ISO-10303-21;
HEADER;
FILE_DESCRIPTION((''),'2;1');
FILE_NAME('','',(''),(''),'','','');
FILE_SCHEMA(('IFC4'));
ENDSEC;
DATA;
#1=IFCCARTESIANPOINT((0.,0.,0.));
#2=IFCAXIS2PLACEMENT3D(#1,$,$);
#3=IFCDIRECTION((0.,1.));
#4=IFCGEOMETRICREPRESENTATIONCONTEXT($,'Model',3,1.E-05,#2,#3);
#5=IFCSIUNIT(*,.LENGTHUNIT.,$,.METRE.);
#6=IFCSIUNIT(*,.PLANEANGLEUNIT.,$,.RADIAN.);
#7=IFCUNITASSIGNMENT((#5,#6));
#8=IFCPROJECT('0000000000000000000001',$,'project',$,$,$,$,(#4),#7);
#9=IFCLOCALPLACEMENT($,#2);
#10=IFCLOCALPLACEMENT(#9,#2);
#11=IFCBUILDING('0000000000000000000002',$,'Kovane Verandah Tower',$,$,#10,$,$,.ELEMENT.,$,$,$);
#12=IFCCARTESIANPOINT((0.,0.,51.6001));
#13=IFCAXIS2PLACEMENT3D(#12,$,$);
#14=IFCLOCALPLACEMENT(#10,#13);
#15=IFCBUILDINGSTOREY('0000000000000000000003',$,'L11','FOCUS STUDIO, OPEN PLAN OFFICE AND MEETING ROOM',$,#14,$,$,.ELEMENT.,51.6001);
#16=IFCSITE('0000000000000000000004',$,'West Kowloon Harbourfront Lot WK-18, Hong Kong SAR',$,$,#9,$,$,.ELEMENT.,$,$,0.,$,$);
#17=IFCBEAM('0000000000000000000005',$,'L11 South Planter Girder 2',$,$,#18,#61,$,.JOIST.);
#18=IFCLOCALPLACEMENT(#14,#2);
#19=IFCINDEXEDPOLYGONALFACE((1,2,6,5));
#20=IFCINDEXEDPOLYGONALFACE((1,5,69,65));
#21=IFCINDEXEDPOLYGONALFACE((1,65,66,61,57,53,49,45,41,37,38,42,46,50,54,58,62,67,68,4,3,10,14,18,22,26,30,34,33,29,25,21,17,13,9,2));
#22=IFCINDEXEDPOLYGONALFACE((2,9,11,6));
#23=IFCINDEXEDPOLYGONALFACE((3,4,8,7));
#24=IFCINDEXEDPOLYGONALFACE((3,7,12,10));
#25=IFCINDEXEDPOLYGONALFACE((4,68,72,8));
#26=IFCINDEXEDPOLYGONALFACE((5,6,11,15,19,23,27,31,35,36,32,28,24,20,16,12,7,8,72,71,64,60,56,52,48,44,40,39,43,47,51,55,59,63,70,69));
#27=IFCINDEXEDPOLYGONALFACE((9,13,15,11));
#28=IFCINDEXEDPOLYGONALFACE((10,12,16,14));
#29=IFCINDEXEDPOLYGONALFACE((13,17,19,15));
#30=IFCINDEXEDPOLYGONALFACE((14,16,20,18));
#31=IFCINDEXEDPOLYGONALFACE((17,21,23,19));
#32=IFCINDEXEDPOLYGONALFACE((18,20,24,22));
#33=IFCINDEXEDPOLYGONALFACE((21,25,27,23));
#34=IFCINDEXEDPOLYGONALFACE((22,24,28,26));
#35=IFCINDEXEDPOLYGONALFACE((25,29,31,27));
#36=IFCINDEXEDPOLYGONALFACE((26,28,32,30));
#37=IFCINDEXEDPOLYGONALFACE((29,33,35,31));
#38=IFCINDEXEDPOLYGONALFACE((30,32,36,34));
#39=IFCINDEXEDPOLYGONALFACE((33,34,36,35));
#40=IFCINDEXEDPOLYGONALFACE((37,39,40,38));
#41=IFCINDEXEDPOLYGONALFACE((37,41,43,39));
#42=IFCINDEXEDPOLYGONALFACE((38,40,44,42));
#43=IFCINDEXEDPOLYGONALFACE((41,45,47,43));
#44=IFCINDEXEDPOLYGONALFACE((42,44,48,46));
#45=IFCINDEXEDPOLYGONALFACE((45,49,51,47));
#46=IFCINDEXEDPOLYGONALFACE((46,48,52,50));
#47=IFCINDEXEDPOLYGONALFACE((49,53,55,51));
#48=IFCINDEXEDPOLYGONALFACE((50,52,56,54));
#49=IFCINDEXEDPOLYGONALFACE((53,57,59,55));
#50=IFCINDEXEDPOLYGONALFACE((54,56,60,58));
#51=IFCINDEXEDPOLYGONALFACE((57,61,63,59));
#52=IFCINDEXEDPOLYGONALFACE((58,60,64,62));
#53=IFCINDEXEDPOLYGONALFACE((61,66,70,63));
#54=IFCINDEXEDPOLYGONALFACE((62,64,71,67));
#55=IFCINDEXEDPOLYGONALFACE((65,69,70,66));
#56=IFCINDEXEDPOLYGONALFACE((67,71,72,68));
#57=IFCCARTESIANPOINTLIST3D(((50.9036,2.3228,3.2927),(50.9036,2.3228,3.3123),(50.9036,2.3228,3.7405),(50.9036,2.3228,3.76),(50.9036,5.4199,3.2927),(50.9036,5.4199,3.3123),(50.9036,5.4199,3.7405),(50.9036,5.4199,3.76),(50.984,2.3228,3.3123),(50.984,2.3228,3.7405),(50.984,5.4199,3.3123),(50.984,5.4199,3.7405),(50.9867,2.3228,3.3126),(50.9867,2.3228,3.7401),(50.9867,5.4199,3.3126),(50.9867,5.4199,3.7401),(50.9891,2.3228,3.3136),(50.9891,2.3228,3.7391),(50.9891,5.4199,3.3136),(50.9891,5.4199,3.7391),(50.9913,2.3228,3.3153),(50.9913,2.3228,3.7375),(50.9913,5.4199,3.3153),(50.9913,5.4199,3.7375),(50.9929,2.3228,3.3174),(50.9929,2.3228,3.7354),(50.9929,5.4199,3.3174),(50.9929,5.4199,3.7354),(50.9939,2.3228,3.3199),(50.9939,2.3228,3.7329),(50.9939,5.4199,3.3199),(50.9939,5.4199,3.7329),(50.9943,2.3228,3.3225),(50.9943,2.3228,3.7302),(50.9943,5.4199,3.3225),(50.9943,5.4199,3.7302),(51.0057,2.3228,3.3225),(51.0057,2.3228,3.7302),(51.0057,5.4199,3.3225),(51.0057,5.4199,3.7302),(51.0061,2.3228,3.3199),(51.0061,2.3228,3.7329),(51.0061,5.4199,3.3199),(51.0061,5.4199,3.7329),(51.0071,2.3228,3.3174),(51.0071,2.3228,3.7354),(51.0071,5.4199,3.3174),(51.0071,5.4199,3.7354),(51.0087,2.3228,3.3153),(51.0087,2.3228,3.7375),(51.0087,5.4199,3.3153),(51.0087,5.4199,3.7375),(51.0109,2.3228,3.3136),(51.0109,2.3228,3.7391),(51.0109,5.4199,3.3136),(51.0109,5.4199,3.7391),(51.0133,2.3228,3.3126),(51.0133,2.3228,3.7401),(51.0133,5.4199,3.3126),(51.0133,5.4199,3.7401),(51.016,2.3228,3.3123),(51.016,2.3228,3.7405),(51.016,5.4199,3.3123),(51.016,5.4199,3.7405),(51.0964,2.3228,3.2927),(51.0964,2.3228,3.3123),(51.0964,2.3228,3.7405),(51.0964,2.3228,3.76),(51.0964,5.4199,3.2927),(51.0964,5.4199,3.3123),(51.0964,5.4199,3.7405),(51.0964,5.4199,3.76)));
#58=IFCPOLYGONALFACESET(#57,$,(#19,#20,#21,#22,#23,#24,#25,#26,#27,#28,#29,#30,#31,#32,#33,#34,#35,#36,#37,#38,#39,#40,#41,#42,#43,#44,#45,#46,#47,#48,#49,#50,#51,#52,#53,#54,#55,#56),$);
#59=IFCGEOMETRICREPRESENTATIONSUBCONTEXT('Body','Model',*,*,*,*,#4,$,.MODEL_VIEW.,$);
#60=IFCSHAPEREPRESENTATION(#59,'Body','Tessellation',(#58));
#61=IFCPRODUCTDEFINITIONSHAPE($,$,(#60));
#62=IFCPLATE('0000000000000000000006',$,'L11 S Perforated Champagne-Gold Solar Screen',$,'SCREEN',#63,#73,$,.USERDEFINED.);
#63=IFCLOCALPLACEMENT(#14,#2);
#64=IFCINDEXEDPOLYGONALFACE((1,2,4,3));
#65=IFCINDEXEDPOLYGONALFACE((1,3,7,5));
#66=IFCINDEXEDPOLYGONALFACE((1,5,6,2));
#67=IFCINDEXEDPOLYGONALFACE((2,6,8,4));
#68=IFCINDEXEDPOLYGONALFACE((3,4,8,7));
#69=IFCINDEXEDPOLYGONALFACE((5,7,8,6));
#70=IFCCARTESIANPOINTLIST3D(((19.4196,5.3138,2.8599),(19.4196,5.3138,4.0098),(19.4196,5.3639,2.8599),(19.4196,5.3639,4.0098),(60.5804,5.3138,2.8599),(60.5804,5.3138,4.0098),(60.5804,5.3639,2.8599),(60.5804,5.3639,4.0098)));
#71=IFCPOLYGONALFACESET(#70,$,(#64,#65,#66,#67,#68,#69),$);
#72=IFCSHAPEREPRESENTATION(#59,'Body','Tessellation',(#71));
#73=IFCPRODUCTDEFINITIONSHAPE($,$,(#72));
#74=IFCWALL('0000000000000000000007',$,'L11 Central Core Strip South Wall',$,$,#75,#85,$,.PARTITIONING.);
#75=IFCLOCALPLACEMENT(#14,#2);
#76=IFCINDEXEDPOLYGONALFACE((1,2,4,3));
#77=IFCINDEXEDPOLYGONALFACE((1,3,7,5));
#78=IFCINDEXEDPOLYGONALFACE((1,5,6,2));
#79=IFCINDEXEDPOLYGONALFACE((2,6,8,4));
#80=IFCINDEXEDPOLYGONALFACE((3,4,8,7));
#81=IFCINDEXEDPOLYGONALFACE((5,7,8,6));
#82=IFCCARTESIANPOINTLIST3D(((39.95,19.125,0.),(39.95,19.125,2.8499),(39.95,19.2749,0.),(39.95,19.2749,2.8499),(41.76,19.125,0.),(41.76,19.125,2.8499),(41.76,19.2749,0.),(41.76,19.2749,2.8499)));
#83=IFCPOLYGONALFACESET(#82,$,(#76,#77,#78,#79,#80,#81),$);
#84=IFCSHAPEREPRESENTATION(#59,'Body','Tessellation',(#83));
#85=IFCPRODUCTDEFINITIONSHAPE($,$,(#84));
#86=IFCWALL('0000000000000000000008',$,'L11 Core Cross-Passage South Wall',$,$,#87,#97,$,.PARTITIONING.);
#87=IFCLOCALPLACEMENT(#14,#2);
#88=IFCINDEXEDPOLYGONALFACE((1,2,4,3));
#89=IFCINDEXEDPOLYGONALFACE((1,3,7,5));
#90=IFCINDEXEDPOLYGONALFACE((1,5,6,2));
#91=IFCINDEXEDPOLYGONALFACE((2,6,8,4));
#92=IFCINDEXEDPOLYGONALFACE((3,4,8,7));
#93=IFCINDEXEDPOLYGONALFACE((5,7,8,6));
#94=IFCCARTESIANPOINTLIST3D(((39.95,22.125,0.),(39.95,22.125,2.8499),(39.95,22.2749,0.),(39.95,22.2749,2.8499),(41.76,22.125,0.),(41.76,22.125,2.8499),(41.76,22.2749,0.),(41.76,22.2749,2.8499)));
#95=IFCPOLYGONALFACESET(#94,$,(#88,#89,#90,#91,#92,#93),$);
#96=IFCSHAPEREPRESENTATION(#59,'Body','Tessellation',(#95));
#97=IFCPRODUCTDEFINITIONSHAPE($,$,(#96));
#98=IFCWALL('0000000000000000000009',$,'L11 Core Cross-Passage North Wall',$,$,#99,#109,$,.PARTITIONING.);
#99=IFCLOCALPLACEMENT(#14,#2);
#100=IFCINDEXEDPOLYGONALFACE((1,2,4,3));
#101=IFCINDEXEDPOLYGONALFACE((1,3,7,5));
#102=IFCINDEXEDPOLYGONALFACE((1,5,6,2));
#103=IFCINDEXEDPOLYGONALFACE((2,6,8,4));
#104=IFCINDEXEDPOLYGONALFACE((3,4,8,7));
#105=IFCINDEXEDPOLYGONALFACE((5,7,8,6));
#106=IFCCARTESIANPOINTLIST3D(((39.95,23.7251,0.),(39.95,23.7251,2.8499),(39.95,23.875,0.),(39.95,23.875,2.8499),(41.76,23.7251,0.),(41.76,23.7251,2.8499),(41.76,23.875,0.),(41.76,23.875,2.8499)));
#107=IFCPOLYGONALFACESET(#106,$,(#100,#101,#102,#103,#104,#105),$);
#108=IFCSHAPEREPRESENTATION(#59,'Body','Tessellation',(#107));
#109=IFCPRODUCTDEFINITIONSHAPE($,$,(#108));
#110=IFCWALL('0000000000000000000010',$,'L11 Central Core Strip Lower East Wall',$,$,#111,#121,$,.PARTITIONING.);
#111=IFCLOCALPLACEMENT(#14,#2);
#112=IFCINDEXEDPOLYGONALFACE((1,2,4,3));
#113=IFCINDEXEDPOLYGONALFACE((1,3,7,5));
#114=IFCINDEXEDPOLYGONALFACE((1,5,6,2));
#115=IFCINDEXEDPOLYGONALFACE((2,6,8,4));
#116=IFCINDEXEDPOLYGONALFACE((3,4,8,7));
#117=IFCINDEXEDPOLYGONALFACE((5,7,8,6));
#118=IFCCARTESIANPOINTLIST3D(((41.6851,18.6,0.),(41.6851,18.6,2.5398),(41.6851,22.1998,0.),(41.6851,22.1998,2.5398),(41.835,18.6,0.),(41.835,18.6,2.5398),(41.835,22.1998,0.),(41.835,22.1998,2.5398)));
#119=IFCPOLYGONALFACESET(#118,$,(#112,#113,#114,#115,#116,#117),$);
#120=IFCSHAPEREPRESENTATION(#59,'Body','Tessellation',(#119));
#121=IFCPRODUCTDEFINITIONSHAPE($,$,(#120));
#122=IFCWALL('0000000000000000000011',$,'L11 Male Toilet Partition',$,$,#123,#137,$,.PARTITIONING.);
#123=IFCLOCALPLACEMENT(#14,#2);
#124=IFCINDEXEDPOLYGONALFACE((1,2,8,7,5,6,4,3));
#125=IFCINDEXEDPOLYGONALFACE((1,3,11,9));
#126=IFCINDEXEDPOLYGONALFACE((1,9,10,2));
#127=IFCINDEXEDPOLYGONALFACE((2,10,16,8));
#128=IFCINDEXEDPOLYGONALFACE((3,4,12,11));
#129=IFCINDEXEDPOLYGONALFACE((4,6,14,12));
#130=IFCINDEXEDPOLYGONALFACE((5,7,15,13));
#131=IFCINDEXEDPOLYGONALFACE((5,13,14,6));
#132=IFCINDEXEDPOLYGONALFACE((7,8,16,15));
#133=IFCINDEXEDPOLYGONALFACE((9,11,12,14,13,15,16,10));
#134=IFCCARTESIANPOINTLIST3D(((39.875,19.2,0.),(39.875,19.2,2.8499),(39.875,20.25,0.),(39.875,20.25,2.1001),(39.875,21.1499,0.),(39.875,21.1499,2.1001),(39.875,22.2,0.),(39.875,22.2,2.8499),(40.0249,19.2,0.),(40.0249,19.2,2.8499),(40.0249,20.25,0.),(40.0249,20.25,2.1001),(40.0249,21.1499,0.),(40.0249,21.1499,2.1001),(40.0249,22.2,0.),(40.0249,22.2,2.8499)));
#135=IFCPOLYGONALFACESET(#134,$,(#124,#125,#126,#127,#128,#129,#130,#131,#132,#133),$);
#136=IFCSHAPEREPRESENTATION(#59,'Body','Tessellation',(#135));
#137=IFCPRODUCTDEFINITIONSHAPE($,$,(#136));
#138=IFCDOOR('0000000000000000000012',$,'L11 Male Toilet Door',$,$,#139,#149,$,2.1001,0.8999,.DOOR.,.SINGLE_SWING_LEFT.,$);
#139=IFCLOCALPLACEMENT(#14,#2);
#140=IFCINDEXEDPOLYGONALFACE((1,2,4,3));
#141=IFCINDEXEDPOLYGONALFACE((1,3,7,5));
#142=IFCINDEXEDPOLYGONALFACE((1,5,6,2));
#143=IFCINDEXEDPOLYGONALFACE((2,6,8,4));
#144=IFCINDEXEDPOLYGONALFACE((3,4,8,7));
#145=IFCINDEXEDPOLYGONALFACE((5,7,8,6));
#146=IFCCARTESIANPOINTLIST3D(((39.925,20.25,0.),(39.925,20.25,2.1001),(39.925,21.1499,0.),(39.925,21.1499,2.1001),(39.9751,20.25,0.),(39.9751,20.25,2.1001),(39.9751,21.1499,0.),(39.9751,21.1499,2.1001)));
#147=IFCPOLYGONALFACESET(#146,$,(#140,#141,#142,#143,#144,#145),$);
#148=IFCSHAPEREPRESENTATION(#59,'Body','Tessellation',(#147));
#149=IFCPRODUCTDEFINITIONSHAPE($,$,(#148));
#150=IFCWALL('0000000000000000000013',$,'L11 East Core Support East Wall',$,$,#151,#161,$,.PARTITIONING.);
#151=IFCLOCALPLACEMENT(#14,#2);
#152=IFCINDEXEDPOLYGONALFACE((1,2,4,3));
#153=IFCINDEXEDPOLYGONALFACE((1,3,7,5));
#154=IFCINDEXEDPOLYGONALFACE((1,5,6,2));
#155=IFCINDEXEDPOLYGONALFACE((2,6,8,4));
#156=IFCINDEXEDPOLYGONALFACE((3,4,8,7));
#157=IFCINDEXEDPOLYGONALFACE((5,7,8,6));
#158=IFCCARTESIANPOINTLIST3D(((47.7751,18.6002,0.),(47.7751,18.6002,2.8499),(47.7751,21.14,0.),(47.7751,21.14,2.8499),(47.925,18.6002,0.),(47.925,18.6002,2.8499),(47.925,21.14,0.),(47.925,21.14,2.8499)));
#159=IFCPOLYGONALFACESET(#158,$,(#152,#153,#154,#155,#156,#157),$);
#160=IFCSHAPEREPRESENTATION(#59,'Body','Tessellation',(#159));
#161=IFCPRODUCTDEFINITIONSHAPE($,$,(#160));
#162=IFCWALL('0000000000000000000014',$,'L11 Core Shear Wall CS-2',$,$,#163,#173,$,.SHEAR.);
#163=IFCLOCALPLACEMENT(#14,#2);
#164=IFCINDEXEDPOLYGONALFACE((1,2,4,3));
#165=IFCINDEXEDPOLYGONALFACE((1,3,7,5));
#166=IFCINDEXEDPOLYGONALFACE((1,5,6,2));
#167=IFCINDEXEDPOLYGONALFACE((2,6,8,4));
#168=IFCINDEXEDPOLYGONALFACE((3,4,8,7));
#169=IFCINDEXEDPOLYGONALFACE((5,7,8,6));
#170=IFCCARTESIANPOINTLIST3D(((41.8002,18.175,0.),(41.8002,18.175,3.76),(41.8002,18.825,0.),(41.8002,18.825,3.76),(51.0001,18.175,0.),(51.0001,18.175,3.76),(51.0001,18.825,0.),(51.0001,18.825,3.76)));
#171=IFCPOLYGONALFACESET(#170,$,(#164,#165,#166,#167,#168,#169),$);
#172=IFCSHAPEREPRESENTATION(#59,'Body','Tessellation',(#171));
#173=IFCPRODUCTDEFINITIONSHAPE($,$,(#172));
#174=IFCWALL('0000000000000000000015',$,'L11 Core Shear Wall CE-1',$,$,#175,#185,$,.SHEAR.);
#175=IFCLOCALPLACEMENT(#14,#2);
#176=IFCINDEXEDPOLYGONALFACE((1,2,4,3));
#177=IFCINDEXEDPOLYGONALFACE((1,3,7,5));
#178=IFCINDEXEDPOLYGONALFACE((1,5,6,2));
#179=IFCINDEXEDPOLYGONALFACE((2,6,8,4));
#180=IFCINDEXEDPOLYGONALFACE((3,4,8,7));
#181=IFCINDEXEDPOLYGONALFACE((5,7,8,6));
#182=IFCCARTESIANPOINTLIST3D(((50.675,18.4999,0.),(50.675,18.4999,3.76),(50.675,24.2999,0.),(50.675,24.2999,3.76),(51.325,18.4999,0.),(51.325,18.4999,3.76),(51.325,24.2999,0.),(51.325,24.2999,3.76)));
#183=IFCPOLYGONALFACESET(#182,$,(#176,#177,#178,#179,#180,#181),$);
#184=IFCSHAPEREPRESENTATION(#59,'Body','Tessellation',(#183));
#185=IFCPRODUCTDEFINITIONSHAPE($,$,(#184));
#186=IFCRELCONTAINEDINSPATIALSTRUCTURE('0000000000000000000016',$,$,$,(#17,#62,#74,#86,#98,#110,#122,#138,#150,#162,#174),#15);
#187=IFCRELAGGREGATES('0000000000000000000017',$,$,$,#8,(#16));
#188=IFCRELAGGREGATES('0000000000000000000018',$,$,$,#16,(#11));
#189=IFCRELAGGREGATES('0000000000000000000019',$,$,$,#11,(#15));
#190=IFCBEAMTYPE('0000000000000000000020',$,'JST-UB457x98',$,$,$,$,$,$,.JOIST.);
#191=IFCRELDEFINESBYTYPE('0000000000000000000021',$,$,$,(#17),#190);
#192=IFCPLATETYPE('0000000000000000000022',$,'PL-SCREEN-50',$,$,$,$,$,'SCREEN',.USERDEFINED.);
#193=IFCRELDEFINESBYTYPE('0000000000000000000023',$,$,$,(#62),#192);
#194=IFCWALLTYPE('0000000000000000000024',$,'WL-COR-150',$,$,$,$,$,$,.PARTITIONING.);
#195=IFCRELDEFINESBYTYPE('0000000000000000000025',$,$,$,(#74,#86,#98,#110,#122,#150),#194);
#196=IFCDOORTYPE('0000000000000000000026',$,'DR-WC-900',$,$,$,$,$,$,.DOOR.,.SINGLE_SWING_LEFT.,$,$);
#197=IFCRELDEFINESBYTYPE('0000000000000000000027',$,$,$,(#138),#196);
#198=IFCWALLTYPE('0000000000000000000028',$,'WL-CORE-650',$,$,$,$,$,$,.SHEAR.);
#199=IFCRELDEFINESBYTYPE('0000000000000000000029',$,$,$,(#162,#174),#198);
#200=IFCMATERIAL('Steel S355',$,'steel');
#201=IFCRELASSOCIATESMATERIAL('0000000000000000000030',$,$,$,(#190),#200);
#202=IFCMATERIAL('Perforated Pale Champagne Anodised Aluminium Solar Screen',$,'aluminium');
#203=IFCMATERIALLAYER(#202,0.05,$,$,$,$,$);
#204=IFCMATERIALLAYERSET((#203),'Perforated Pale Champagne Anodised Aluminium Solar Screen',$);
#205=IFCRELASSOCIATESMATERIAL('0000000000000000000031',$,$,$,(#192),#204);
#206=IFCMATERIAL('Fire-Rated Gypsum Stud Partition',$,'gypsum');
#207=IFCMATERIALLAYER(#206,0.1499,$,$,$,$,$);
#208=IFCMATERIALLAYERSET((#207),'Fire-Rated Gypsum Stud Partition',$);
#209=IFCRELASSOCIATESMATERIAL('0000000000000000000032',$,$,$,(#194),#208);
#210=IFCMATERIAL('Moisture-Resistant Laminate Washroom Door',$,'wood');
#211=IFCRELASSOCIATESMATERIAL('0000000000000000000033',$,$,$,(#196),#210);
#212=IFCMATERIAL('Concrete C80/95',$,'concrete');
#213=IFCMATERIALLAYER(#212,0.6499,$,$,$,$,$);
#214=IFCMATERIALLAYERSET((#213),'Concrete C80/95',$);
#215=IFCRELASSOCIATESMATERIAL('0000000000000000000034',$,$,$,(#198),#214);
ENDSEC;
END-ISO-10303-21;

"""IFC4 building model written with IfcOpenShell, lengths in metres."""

from ifc_helpers import new_model, si_unit, direction, frame, frame_2d, origin, origin_2d, place, context, subcontext, project, spatial, rectangle, i_section, extrude, material, layer, layer_set, material_profile, profile_set, type_object, element, fill, save


model = new_model("IFC4")

# Units and contexts
model_context = context("Model", 3, precision=1e-05, world=origin(), true_north=direction((0.0, 1.0)))
body_context = subcontext(model_context, "Body", "Model", "MODEL_VIEW")
ifc_project = project(units=[si_unit("LENGTHUNIT", "METRE"), si_unit("PLANEANGLEUNIT", "RADIAN")], contexts=[model_context])

# Site, building, storey
site_placement = place(None, origin())
site = spatial("IfcSite", under=ifc_project, at=site_placement, Name="West Kowloon Harbourfront Lot WK-18, Hong Kong SAR", CompositionType="ELEMENT", RefElevation=0.0)
building_placement = place(site_placement, origin())
building = spatial("IfcBuilding", under=site, at=building_placement, Name="Kovane Verandah Tower", CompositionType="ELEMENT")
storey_placement = place(building_placement, frame((0.0, 0.0, 51.6001)))
storey = spatial("IfcBuildingStorey", under=building, at=storey_placement, Name="L11", Description="FOCUS STUDIO, OPEN PLAN OFFICE AND MEETING ROOM", CompositionType="ELEMENT", Elevation=51.6001)

# Shared definitions
ifc_material_1 = material(Name="Concrete C80/95", Category="concrete")

# Beam
ifc_material_2 = material(Name="Steel S355", Category="steel")
ifc_material_profile_1 = material_profile(ifc_material_2, i_section(OverallWidth=0.1929, OverallDepth=0.4673, WebThickness=0.0115, FlangeThickness=0.0195, FilletRadius=0.0103, at=origin_2d()), Name="UB457x191x98")
ifc_profile_set_1 = profile_set([ifc_material_profile_1], Name="Steel S355")
beam_type_1 = type_object("IfcBeamType", Name="JST-UB457x98", PredefinedType="JOIST", material=ifc_profile_set_1)
beam_1_placement = place(storey_placement, frame((51.0, 5.4199, 3.5264), z_axis=(0.0, -1.0, 0.0), x_axis=(1.0, 0.0, 0.0)))
element("IfcBeam", 1, at=beam_1_placement, inside=storey, type_object=beam_type_1, Name="L11 South Planter Girder 2", PredefinedType="JOIST", context=body_context, shape_type="SweptSolid", body=[
    extrude(i_section(OverallWidth=0.1929, OverallDepth=0.4673, WebThickness=0.0115, FlangeThickness=0.0195, FilletRadius=0.0103, at=origin_2d()), origin(), (0.0, 0.0, 1.0), 3.0972),
])

# Plate
ifc_material_3 = material(Name="Perforated Pale Champagne Anodised Aluminium Solar Screen", Category="aluminium")
ifc_layer_1 = layer(ifc_material_3, 0.05)
ifc_layer_set_1 = layer_set([ifc_layer_1], Name="Perforated Pale Champagne Anodised Aluminium Solar Screen")
plate_type = type_object("IfcPlateType", Name="PL-SCREEN-50", ElementType="SCREEN", PredefinedType="USERDEFINED", material=ifc_layer_set_1)
plate_placement = place(storey_placement, frame((40.0, 5.3389, 2.8599), z_axis=(0.0, 0.0, 1.0), x_axis=(1.0, 0.0, 0.0)))
element("IfcPlate", 2, at=plate_placement, inside=storey, type_object=plate_type, Name="L11 S Perforated Champagne-Gold Solar Screen", ObjectType="SCREEN", PredefinedType="USERDEFINED", context=body_context, shape_type="SweptSolid", body=[
    extrude(rectangle(XDim=41.1609, YDim=0.05, at=origin_2d()), origin(), (0.0, 0.0, 1.0), 1.1499),
])

# Walls
ifc_material_4 = material(Name="Fire-Rated Gypsum Stud Partition", Category="gypsum")
ifc_layer_2 = layer(ifc_material_4, 0.1499)
ifc_layer_set_2 = layer_set([ifc_layer_2], Name="Fire-Rated Gypsum Stud Partition")
wall_type_1 = type_object("IfcWallType", Name="WL-COR-150", PredefinedType="PARTITIONING", material=ifc_layer_set_2)
for number, where, z_axis, x_axis, name in (
    (3, (39.95, 19.2, 0.0), (0.0, 0.0, 1.0), (1.0, 0.0, 0.0), "L11 Central Core Strip South Wall"),
    (4, (39.95, 22.2, 0.0), (0.0, 0.0, 1.0), (1.0, 0.0, 0.0), "L11 Core Cross-Passage South Wall"),
    (5, (39.95, 23.8, 0.0), (0.0, 0.0, 1.0), (1.0, 0.0, 0.0), "L11 Core Cross-Passage North Wall"),
):
    element("IfcWall", number, at=place(storey_placement, frame(where, z_axis=z_axis, x_axis=x_axis)), inside=storey, type_object=wall_type_1, Name=name, PredefinedType="PARTITIONING", context=body_context, shape_type="SweptSolid", body=[
        extrude(rectangle(XDim=1.8101, YDim=0.1499, at=frame_2d((0.905, 0.0))), origin(), (0.0, 0.0, 1.0), 2.8499),
    ])
wall_1_placement = place(storey_placement, frame((41.76, 18.6001, 0.0), z_axis=(0.0, 0.0, 1.0), x_axis=(0.0, 1.0, 0.0)))
element("IfcWall", 6, at=wall_1_placement, inside=storey, type_object=wall_type_1, Name="L11 Central Core Strip Lower East Wall", PredefinedType="PARTITIONING", context=body_context, shape_type="SweptSolid", body=[
    extrude(rectangle(XDim=3.5999, YDim=0.1499, at=frame_2d((1.7998, 0.0))), origin(), (0.0, 0.0, 1.0), 2.5398),
])

# Wall, opening, door
wall_2_placement = place(storey_placement, frame((39.95, 19.2, 0.0), z_axis=(0.0, 0.0, 1.0), x_axis=(0.0, 1.0, 0.0)))
wall_2 = element("IfcWall", 7, at=wall_2_placement, inside=storey, type_object=wall_type_1, Name="L11 Male Toilet Partition", PredefinedType="PARTITIONING", context=body_context, shape_type="SweptSolid", body=[
    extrude(rectangle(XDim=3.0, YDim=0.1499, at=frame_2d((1.5, 0.0))), origin(), (0.0, 0.0, 1.0), 2.8499),
])
opening_1_placement = place(wall_2_placement, frame((1.05, 0.0, 0.0)))
opening_1 = element("IfcOpeningElement", 8, at=opening_1_placement, cuts=wall_2, PredefinedType="OPENING", context=body_context, shape_type="SweptSolid", body=[
    extrude(rectangle(XDim=0.8999, YDim=2.1001, at=frame_2d((0.45, 1.05))), frame((0.0, 0.075, 0.0), z_axis=(0.0, -1.0, 0.0), x_axis=(1.0, 0.0, 0.0)), (0.0, 0.0, 1.0), 0.1499),
])
ifc_material_5 = material(Name="Moisture-Resistant Laminate Washroom Door", Category="wood")
door_type_1 = type_object("IfcDoorType", Name="DR-WC-900", OperationType="SINGLE_SWING_LEFT", PredefinedType="DOOR", material=ifc_material_5)
door_1_placement = place(opening_1_placement, origin())
door_1 = element("IfcDoor", 9, at=door_1_placement, inside=storey, type_object=door_type_1, Name="L11 Male Toilet Door", OperationType="SINGLE_SWING_LEFT", OverallHeight=2.1001, OverallWidth=0.8999, PredefinedType="DOOR", context=body_context, shape_type="SweptSolid", body=[
    extrude(rectangle(XDim=0.8999, YDim=2.1001, at=frame_2d((0.45, 1.05))), frame((0.0, 0.0249, 0.0), z_axis=(0.0, -1.0, 0.0), x_axis=(1.0, 0.0, 0.0)), (0.0, 0.0, 1.0), 0.05),
])
fill(opening_1, door_1)

# Wall
wall_3_placement = place(storey_placement, frame((47.8501, 18.6001, 0.0), z_axis=(0.0, 0.0, 1.0), x_axis=(0.0, 1.0, 0.0)))
element("IfcWall", 10, at=wall_3_placement, inside=storey, type_object=wall_type_1, Name="L11 East Core Support East Wall", PredefinedType="PARTITIONING", context=body_context, shape_type="SweptSolid", body=[
    extrude(rectangle(XDim=2.5398, YDim=0.1499, at=frame_2d((1.27, 0.0))), origin(), (0.0, 0.0, 1.0), 2.8499),
])

# Walls
ifc_layer_3 = layer(ifc_material_1, 0.6499)
ifc_layer_set_3 = layer_set([ifc_layer_3], Name="Concrete C80/95")
wall_type_2 = type_object("IfcWallType", Name="WL-CORE-650", PredefinedType="SHEAR", material=ifc_layer_set_3)
wall_4_placement = place(storey_placement, frame((41.8, 18.5, 0.0), z_axis=(0.0, 0.0, 1.0), x_axis=(1.0, 0.0, 0.0)))
element("IfcWall", 11, at=wall_4_placement, inside=storey, type_object=wall_type_2, Name="L11 Core Shear Wall CS-2", PredefinedType="SHEAR", context=body_context, shape_type="SweptSolid", body=[
    extrude(rectangle(XDim=9.2, YDim=0.6499, at=frame_2d((4.6001, 0.0))), origin(), (0.0, 0.0, 1.0), 3.76),
])
wall_5_placement = place(storey_placement, frame((51.0, 18.5, 0.0), z_axis=(0.0, 0.0, 1.0), x_axis=(0.0, 1.0, 0.0)))
element("IfcWall", 12, at=wall_5_placement, inside=storey, type_object=wall_type_2, Name="L11 Core Shear Wall CE-1", PredefinedType="SHEAR", context=body_context, shape_type="SweptSolid", body=[
    extrude(rectangle(XDim=5.8, YDim=0.6499, at=frame_2d((2.8999, 0.0))), origin(), (0.0, 0.0, 1.0), 3.76),
])

save(model, "model.ifc")
